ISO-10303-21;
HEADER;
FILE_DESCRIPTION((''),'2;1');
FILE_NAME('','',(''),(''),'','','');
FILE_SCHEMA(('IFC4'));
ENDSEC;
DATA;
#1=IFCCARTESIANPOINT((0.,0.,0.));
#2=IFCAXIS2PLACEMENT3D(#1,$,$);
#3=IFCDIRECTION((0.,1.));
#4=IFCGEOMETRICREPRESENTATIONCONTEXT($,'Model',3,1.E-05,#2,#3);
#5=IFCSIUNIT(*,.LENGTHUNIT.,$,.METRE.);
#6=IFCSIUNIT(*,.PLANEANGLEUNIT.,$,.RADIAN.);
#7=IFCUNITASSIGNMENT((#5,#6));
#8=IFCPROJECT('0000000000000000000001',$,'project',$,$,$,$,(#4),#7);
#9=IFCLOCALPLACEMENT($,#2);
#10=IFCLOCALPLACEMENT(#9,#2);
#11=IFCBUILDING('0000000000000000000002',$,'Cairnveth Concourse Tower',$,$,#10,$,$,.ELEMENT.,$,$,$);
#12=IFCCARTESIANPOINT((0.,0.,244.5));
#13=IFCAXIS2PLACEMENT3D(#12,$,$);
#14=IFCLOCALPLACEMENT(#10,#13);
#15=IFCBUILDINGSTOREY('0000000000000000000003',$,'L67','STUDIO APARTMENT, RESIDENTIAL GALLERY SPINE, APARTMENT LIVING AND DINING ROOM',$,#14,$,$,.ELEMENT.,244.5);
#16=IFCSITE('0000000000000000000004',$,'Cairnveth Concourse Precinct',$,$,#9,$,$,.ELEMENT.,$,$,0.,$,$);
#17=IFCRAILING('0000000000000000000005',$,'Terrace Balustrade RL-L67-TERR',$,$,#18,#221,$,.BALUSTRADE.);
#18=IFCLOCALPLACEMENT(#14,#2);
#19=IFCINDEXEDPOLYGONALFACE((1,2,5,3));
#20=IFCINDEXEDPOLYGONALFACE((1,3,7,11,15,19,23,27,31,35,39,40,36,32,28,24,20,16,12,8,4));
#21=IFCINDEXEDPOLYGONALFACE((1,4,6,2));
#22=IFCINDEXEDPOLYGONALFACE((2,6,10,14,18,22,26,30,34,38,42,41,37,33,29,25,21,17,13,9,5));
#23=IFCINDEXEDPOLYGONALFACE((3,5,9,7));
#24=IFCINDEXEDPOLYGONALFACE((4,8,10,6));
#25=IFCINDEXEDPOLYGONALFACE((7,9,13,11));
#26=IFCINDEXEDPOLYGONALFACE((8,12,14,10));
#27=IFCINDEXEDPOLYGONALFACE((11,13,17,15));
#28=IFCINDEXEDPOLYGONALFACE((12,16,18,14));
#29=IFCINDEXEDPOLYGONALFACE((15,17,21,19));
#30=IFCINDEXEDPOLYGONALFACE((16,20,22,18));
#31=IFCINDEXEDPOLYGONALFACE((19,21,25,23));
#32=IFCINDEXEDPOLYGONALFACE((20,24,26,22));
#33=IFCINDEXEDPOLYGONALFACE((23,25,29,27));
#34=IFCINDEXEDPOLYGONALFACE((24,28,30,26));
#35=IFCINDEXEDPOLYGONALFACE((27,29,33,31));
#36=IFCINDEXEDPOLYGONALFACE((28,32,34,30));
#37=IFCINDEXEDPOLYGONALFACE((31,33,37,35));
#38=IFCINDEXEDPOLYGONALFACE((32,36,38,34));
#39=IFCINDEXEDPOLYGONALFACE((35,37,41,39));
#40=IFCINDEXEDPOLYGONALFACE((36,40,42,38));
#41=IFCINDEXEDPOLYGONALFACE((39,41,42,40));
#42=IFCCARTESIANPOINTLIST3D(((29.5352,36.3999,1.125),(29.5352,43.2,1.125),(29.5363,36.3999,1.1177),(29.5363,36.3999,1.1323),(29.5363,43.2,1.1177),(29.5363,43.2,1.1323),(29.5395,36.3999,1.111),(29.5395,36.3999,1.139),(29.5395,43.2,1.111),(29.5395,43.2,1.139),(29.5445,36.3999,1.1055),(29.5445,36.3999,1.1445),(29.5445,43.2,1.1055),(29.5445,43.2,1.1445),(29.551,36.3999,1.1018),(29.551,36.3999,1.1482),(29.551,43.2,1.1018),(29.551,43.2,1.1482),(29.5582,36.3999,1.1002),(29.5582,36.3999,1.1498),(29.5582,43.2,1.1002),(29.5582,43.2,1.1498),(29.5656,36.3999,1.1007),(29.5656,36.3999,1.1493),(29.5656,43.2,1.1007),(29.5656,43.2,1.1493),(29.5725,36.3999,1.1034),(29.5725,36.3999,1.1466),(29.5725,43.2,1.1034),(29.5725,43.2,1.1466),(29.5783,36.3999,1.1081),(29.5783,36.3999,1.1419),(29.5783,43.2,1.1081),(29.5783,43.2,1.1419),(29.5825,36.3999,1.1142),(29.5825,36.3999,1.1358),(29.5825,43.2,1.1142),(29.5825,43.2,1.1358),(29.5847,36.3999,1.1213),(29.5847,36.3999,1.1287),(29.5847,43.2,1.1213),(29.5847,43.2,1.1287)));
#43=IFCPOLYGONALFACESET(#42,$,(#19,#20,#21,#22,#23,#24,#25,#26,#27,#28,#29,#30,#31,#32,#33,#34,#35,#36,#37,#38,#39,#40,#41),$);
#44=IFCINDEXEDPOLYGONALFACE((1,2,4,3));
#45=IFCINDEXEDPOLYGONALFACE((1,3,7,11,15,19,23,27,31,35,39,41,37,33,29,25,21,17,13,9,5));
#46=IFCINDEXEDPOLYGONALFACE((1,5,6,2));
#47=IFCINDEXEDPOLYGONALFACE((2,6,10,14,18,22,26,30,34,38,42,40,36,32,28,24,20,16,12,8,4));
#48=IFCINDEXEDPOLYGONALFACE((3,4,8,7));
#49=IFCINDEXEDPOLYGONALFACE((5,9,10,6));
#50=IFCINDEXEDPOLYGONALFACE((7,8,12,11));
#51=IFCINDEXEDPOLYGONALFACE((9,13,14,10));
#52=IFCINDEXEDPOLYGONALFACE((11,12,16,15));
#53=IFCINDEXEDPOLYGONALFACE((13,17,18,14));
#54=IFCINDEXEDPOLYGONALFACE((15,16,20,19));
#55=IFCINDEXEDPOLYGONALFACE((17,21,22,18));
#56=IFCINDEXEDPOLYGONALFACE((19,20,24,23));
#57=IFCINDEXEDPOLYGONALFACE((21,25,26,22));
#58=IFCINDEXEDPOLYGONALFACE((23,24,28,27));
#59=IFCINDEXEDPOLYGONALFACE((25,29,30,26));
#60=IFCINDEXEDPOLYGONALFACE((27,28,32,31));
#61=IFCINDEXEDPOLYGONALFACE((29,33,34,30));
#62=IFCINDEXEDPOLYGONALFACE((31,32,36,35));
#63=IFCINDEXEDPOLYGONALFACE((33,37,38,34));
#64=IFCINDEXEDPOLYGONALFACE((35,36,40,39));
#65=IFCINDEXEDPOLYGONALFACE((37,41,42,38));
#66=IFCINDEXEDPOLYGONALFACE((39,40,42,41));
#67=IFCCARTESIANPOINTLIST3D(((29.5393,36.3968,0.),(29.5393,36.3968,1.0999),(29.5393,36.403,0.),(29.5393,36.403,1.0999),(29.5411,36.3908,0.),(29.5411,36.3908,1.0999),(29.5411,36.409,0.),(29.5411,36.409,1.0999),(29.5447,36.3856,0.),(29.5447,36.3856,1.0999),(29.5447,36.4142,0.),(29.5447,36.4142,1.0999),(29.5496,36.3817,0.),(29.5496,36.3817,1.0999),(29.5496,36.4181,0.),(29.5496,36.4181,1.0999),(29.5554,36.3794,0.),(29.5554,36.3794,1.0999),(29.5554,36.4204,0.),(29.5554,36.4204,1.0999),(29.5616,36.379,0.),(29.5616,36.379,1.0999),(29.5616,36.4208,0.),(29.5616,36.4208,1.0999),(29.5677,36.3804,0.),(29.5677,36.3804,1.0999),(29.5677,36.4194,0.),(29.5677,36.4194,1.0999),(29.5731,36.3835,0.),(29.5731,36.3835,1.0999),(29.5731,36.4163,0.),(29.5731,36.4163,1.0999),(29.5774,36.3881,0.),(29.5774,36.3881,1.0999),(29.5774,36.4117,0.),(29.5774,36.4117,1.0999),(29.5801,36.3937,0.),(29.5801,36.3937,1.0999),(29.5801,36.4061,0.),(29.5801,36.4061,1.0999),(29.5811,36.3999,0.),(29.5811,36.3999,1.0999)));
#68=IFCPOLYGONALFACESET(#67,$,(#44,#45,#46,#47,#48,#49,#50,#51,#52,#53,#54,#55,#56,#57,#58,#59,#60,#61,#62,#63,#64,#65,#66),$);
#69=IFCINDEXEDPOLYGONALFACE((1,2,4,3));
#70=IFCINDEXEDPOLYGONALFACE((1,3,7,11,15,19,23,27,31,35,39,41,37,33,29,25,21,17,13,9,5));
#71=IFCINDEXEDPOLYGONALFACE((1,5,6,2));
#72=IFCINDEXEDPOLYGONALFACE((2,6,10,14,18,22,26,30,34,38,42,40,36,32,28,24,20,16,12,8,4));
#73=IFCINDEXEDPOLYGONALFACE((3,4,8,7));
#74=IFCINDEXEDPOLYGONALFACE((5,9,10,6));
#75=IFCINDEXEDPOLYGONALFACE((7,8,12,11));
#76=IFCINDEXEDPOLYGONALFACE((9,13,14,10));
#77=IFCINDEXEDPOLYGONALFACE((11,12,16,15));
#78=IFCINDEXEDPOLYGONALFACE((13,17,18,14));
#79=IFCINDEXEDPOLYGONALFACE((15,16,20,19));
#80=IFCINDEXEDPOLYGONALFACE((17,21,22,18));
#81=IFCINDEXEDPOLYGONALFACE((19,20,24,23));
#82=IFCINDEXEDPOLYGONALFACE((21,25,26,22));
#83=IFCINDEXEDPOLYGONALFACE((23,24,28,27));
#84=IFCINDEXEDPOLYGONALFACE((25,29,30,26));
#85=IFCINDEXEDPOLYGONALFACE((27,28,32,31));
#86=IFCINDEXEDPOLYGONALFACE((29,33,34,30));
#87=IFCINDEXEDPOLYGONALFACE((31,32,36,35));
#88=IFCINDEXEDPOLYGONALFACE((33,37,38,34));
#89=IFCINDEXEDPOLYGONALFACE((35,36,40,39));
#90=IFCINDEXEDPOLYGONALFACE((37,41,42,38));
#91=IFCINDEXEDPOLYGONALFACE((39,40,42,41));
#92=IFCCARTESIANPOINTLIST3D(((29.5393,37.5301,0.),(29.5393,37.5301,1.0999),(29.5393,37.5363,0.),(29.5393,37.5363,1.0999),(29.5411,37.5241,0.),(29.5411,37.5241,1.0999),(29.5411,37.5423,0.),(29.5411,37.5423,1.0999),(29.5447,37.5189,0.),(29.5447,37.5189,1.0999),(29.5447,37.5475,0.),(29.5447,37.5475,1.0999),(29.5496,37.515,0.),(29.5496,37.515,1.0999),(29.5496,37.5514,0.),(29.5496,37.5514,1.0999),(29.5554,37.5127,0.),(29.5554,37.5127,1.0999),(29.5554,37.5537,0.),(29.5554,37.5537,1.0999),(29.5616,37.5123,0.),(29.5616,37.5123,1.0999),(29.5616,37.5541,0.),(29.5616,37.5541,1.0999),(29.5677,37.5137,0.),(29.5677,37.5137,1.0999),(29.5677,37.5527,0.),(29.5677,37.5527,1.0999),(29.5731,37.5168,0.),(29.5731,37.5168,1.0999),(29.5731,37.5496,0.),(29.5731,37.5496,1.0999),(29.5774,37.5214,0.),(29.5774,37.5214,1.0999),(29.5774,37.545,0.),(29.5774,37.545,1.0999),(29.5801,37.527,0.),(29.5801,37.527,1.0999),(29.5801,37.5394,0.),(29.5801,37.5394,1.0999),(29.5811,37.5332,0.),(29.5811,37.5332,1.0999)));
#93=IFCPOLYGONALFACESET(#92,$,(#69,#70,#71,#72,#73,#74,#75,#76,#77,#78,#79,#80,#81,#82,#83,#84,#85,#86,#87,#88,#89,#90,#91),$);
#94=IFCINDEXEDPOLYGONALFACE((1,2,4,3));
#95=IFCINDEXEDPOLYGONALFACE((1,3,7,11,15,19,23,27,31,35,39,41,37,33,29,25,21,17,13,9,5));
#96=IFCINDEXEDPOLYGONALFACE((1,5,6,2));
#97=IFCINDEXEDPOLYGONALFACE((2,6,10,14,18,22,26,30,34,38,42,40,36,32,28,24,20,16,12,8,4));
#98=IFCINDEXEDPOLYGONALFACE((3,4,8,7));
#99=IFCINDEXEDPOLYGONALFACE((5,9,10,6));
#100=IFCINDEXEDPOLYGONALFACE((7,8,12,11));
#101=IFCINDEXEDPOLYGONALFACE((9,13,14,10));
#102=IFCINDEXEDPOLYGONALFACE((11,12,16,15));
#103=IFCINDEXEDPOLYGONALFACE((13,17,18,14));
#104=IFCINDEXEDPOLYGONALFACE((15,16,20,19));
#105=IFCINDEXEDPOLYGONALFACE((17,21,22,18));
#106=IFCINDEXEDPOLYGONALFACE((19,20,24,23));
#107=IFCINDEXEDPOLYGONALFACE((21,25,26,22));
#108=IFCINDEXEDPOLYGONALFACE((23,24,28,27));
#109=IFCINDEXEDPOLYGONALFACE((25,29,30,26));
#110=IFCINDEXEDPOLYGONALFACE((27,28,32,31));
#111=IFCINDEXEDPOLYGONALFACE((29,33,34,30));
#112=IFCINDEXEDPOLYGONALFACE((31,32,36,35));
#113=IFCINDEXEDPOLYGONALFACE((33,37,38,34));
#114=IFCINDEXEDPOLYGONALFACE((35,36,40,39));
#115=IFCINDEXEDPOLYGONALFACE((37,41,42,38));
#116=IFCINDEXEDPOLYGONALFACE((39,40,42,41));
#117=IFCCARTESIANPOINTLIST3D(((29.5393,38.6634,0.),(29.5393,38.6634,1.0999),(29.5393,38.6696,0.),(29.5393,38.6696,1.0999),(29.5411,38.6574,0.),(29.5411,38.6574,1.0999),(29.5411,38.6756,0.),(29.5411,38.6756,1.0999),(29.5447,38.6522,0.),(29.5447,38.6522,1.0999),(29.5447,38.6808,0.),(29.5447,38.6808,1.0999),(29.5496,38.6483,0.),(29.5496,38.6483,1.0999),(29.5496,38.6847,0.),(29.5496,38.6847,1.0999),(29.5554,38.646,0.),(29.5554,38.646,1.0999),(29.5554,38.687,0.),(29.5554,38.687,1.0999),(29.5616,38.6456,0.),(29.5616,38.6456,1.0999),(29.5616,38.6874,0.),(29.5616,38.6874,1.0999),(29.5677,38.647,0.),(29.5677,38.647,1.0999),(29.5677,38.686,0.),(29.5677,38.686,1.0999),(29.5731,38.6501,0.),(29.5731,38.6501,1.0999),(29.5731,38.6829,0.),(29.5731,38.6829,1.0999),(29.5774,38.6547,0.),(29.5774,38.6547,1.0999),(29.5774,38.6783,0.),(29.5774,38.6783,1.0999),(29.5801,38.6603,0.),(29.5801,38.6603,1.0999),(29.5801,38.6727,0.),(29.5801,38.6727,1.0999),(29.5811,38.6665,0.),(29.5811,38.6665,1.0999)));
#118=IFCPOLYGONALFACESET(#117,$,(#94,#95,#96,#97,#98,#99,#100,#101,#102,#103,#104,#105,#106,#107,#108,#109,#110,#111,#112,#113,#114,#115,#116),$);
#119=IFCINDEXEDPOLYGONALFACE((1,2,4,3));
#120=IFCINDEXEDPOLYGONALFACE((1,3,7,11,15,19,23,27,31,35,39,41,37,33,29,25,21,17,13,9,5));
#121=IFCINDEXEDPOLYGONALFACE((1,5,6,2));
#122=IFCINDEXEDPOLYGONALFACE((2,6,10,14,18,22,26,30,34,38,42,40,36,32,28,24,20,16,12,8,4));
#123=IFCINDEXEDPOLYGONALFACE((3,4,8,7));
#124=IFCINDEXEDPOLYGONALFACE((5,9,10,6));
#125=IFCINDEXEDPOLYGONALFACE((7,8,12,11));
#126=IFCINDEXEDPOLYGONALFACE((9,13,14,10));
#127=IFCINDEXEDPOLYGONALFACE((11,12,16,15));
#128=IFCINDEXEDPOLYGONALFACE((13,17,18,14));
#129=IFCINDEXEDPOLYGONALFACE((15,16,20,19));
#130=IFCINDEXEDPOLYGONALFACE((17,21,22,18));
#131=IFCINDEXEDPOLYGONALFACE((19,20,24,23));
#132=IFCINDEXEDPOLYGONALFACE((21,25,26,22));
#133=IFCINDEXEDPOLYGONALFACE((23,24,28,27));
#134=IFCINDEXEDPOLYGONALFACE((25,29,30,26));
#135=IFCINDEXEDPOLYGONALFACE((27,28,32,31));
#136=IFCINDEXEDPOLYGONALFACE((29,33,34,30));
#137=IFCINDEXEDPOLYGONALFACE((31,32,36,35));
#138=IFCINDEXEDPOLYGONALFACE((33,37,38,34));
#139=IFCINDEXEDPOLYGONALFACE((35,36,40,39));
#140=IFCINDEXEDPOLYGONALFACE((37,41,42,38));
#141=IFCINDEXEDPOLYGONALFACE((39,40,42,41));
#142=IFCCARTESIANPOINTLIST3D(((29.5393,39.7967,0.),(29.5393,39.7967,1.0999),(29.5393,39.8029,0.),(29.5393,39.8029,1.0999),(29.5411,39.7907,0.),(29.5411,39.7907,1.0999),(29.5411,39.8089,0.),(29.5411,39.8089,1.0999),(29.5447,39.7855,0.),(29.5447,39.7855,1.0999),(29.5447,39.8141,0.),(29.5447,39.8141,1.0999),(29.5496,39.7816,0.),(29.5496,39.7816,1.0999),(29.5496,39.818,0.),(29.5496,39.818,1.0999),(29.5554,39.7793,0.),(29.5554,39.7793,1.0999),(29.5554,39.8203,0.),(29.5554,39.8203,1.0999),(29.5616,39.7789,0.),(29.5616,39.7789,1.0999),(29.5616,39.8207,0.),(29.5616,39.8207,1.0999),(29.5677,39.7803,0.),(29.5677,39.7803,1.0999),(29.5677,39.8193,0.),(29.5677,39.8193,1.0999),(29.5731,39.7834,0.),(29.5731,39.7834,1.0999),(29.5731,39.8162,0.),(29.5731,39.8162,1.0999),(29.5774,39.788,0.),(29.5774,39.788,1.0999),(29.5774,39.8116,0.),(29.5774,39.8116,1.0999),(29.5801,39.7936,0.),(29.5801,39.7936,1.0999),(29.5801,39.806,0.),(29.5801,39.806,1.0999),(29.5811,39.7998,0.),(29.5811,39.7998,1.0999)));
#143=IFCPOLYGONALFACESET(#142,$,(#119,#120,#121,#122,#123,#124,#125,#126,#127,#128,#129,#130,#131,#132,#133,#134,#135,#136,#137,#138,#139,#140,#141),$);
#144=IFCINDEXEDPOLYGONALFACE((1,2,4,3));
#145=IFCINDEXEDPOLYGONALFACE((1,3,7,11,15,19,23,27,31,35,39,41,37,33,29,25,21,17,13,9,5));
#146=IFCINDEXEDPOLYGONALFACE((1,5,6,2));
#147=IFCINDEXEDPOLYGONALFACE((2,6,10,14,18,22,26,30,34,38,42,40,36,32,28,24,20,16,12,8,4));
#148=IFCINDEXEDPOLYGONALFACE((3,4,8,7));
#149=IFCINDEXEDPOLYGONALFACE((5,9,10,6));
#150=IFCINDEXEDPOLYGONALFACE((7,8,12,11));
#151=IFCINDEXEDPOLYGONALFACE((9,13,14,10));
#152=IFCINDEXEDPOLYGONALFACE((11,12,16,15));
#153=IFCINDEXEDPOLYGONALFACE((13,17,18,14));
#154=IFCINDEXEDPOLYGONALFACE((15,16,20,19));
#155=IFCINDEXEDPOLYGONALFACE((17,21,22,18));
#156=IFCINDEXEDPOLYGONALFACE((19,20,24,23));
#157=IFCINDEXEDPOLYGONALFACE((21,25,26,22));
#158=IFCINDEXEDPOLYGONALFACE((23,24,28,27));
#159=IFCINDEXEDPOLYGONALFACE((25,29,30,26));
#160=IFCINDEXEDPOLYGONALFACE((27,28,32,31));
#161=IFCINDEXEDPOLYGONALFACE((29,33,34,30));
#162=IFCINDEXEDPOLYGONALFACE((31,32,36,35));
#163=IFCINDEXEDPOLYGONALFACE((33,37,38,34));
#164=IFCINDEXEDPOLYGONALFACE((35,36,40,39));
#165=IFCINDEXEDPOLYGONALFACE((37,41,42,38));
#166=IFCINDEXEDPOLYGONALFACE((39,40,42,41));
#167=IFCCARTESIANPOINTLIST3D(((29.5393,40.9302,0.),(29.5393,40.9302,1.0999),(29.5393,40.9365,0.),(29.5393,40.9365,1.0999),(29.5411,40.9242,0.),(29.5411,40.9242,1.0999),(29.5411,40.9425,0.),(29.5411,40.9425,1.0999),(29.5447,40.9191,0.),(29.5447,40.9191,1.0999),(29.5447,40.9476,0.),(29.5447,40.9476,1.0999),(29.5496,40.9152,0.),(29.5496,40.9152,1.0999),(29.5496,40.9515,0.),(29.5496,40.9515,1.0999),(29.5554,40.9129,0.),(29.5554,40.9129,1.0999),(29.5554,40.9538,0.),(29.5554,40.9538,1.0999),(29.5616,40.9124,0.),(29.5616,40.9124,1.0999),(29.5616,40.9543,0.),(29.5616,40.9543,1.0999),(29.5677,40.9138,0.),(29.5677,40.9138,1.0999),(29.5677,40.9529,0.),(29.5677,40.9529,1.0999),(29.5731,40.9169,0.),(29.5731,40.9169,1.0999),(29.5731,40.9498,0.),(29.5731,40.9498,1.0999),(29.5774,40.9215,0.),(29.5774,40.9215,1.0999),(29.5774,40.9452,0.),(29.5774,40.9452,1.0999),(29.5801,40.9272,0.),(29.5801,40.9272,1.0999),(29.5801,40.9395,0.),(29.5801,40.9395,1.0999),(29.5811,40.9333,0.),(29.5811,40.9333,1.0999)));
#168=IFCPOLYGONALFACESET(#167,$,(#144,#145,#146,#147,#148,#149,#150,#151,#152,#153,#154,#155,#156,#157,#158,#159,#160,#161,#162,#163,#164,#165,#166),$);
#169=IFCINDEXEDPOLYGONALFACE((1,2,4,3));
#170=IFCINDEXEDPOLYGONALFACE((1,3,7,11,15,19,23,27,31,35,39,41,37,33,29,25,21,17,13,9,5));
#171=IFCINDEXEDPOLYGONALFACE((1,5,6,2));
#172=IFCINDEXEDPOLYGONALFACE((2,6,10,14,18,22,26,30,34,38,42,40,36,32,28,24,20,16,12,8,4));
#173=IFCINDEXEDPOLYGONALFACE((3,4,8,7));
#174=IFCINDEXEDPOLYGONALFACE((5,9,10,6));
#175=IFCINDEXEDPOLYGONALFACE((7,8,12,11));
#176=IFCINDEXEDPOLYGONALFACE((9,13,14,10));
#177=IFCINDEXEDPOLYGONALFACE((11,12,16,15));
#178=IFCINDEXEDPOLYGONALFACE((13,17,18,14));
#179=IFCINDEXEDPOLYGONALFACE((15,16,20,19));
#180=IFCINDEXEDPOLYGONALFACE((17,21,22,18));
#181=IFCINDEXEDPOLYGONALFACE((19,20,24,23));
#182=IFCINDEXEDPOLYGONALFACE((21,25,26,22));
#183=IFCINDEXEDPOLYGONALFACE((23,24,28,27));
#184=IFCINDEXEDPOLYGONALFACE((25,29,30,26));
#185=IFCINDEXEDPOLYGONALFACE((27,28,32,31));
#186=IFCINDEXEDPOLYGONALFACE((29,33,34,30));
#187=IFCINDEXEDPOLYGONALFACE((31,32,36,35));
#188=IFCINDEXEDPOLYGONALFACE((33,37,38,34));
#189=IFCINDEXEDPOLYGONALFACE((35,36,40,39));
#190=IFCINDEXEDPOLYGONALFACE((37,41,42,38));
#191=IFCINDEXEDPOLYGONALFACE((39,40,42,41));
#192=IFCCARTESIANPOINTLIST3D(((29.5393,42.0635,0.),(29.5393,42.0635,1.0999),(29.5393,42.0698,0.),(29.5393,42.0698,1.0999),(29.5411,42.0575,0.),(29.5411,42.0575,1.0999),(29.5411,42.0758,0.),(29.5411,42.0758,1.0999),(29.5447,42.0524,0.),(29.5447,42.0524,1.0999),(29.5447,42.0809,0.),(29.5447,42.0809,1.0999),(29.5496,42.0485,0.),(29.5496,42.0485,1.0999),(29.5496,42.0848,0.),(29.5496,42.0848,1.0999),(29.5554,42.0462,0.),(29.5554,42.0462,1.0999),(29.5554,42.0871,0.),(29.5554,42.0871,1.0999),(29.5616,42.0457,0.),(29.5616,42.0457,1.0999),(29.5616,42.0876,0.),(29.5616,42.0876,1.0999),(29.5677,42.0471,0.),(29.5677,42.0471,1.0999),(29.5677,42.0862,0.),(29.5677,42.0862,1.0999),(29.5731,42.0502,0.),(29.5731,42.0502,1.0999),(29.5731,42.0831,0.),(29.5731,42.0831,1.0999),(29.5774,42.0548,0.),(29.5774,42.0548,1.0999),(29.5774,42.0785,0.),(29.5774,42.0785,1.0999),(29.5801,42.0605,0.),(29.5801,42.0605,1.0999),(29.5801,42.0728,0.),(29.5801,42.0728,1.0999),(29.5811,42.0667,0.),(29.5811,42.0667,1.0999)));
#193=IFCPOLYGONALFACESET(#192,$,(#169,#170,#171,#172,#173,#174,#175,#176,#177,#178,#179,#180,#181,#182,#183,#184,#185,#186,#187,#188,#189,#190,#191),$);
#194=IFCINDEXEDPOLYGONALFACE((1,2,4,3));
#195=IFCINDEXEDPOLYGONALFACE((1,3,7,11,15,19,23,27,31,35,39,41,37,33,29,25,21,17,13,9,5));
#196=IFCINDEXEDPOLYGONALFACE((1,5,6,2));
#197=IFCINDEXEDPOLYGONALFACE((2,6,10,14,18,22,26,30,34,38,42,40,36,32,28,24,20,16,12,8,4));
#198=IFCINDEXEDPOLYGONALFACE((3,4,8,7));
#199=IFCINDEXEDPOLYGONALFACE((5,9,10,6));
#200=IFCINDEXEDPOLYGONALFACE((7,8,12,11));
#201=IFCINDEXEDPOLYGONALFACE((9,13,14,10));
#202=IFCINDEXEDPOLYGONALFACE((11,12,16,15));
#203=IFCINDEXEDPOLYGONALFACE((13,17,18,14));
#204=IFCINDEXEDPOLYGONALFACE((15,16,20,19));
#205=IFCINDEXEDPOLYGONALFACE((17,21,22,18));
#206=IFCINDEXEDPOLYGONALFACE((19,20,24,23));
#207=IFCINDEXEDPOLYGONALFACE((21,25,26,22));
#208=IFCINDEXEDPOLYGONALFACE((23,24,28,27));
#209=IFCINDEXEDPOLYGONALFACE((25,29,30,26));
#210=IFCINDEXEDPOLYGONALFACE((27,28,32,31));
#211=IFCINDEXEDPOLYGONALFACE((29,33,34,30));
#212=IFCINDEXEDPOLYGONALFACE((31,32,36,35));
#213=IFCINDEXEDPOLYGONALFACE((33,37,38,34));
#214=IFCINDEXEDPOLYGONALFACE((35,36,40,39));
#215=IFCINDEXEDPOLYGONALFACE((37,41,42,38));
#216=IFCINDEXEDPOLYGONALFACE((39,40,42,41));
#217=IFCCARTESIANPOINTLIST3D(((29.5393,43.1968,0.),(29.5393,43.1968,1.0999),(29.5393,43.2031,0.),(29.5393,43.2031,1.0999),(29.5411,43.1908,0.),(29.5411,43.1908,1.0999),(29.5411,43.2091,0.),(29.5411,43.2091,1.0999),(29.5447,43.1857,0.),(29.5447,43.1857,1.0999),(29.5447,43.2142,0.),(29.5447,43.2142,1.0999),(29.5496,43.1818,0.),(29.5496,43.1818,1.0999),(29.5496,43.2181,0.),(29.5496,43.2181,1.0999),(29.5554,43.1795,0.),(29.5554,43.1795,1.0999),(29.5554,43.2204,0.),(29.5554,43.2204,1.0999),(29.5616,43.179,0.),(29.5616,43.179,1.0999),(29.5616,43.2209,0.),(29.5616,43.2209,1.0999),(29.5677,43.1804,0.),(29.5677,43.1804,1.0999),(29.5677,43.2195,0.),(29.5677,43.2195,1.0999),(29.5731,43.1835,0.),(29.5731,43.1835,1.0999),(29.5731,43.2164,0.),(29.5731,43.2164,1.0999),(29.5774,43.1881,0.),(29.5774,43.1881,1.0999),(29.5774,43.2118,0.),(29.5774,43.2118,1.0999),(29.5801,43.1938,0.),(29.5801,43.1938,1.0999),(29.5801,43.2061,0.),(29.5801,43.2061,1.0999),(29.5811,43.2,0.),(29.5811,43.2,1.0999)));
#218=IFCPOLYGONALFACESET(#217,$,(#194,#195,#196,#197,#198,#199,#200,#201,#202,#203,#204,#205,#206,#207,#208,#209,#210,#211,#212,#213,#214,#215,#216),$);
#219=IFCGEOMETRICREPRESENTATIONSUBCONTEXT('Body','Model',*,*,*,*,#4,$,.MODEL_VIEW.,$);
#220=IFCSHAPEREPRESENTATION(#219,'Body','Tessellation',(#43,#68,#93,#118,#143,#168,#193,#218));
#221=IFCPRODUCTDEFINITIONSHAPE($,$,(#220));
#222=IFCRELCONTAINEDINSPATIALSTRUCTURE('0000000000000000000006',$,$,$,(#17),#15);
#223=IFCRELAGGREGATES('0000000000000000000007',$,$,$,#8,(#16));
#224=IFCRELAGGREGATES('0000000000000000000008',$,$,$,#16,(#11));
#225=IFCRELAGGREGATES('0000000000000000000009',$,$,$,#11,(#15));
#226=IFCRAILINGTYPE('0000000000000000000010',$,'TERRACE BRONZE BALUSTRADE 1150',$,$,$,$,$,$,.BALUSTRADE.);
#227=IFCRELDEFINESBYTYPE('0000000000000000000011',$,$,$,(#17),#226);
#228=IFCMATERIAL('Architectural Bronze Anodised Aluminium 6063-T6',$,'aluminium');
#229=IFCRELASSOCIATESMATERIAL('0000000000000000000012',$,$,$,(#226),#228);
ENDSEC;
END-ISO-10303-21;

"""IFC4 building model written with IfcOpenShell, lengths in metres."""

from ifc_helpers import new_model, si_unit, direction, frame, origin, origin_2d, place, context, subcontext, project, spatial, circle, extrude, material, type_object, element, save


model = new_model("IFC4")

# Units and contexts
model_context = context("Model", 3, precision=1e-05, world=origin(), true_north=direction((0.0, 1.0)))
body_context = subcontext(model_context, "Body", "Model", "MODEL_VIEW")
ifc_project = project(units=[si_unit("LENGTHUNIT", "METRE"), si_unit("PLANEANGLEUNIT", "RADIAN")], contexts=[model_context])

# Site, building, storey
site_placement = place(None, origin())
site = spatial("IfcSite", under=ifc_project, at=site_placement, Name="Cairnveth Concourse Precinct", CompositionType="ELEMENT", RefElevation=0.0)
building_placement = place(site_placement, origin())
building = spatial("IfcBuilding", under=site, at=building_placement, Name="Cairnveth Concourse Tower", CompositionType="ELEMENT")
storey_placement = place(building_placement, frame((0.0, 0.0, 244.5)))
storey = spatial("IfcBuildingStorey", under=building, at=storey_placement, Name="L67", Description="STUDIO APARTMENT, RESIDENTIAL GALLERY SPINE, APARTMENT LIVING AND DINING ROOM", CompositionType="ELEMENT", Elevation=244.5)

# Shared definitions
ifc_material_1 = material(Name="Architectural Bronze Anodised Aluminium 6063-T6", Category="aluminium")

# Railing
railing_type = type_object("IfcRailingType", Name="TERRACE BRONZE BALUSTRADE 1150", PredefinedType="BALUSTRADE", material=ifc_material_1)
railing_placement = place(storey_placement, frame((29.5601, 36.3999, 0.0)))
element("IfcRailing", 1, at=railing_placement, inside=storey, type_object=railing_type, Name="Terrace Balustrade RL-L67-TERR", PredefinedType="BALUSTRADE", context=body_context, shape_type="SweptSolid", body=[
    extrude(circle(Radius=0.0249, at=origin_2d()), frame((0.0, 0.0, 1.125), z_axis=(0.0, 1.0, 0.0), x_axis=(-1.0, 0.0, 0.0)), (0.0, 0.0, 1.0), 6.8),
    extrude(circle(Radius=0.021, at=origin_2d()), origin(), (0.0, 0.0, 1.0), 1.0999),
    extrude(circle(Radius=0.021, at=origin_2d()), frame((0.0, 1.1333, 0.0)), (0.0, 0.0, 1.0), 1.0999),
    extrude(circle(Radius=0.021, at=origin_2d()), frame((0.0, 2.2666, 0.0)), (0.0, 0.0, 1.0), 1.0999),
    extrude(circle(Radius=0.021, at=origin_2d()), frame((0.0, 3.3999, 0.0)), (0.0, 0.0, 1.0), 1.0999),
    extrude(circle(Radius=0.021, at=origin_2d()), frame((0.0, 4.5334, 0.0)), (0.0, 0.0, 1.0), 1.0999),
    extrude(circle(Radius=0.021, at=origin_2d()), frame((0.0, 5.6667, 0.0)), (0.0, 0.0, 1.0), 1.0999),
    extrude(circle(Radius=0.021, at=origin_2d()), frame((0.0, 6.8, 0.0)), (0.0, 0.0, 1.0), 1.0999),
])

save(model, "model.ifc")
